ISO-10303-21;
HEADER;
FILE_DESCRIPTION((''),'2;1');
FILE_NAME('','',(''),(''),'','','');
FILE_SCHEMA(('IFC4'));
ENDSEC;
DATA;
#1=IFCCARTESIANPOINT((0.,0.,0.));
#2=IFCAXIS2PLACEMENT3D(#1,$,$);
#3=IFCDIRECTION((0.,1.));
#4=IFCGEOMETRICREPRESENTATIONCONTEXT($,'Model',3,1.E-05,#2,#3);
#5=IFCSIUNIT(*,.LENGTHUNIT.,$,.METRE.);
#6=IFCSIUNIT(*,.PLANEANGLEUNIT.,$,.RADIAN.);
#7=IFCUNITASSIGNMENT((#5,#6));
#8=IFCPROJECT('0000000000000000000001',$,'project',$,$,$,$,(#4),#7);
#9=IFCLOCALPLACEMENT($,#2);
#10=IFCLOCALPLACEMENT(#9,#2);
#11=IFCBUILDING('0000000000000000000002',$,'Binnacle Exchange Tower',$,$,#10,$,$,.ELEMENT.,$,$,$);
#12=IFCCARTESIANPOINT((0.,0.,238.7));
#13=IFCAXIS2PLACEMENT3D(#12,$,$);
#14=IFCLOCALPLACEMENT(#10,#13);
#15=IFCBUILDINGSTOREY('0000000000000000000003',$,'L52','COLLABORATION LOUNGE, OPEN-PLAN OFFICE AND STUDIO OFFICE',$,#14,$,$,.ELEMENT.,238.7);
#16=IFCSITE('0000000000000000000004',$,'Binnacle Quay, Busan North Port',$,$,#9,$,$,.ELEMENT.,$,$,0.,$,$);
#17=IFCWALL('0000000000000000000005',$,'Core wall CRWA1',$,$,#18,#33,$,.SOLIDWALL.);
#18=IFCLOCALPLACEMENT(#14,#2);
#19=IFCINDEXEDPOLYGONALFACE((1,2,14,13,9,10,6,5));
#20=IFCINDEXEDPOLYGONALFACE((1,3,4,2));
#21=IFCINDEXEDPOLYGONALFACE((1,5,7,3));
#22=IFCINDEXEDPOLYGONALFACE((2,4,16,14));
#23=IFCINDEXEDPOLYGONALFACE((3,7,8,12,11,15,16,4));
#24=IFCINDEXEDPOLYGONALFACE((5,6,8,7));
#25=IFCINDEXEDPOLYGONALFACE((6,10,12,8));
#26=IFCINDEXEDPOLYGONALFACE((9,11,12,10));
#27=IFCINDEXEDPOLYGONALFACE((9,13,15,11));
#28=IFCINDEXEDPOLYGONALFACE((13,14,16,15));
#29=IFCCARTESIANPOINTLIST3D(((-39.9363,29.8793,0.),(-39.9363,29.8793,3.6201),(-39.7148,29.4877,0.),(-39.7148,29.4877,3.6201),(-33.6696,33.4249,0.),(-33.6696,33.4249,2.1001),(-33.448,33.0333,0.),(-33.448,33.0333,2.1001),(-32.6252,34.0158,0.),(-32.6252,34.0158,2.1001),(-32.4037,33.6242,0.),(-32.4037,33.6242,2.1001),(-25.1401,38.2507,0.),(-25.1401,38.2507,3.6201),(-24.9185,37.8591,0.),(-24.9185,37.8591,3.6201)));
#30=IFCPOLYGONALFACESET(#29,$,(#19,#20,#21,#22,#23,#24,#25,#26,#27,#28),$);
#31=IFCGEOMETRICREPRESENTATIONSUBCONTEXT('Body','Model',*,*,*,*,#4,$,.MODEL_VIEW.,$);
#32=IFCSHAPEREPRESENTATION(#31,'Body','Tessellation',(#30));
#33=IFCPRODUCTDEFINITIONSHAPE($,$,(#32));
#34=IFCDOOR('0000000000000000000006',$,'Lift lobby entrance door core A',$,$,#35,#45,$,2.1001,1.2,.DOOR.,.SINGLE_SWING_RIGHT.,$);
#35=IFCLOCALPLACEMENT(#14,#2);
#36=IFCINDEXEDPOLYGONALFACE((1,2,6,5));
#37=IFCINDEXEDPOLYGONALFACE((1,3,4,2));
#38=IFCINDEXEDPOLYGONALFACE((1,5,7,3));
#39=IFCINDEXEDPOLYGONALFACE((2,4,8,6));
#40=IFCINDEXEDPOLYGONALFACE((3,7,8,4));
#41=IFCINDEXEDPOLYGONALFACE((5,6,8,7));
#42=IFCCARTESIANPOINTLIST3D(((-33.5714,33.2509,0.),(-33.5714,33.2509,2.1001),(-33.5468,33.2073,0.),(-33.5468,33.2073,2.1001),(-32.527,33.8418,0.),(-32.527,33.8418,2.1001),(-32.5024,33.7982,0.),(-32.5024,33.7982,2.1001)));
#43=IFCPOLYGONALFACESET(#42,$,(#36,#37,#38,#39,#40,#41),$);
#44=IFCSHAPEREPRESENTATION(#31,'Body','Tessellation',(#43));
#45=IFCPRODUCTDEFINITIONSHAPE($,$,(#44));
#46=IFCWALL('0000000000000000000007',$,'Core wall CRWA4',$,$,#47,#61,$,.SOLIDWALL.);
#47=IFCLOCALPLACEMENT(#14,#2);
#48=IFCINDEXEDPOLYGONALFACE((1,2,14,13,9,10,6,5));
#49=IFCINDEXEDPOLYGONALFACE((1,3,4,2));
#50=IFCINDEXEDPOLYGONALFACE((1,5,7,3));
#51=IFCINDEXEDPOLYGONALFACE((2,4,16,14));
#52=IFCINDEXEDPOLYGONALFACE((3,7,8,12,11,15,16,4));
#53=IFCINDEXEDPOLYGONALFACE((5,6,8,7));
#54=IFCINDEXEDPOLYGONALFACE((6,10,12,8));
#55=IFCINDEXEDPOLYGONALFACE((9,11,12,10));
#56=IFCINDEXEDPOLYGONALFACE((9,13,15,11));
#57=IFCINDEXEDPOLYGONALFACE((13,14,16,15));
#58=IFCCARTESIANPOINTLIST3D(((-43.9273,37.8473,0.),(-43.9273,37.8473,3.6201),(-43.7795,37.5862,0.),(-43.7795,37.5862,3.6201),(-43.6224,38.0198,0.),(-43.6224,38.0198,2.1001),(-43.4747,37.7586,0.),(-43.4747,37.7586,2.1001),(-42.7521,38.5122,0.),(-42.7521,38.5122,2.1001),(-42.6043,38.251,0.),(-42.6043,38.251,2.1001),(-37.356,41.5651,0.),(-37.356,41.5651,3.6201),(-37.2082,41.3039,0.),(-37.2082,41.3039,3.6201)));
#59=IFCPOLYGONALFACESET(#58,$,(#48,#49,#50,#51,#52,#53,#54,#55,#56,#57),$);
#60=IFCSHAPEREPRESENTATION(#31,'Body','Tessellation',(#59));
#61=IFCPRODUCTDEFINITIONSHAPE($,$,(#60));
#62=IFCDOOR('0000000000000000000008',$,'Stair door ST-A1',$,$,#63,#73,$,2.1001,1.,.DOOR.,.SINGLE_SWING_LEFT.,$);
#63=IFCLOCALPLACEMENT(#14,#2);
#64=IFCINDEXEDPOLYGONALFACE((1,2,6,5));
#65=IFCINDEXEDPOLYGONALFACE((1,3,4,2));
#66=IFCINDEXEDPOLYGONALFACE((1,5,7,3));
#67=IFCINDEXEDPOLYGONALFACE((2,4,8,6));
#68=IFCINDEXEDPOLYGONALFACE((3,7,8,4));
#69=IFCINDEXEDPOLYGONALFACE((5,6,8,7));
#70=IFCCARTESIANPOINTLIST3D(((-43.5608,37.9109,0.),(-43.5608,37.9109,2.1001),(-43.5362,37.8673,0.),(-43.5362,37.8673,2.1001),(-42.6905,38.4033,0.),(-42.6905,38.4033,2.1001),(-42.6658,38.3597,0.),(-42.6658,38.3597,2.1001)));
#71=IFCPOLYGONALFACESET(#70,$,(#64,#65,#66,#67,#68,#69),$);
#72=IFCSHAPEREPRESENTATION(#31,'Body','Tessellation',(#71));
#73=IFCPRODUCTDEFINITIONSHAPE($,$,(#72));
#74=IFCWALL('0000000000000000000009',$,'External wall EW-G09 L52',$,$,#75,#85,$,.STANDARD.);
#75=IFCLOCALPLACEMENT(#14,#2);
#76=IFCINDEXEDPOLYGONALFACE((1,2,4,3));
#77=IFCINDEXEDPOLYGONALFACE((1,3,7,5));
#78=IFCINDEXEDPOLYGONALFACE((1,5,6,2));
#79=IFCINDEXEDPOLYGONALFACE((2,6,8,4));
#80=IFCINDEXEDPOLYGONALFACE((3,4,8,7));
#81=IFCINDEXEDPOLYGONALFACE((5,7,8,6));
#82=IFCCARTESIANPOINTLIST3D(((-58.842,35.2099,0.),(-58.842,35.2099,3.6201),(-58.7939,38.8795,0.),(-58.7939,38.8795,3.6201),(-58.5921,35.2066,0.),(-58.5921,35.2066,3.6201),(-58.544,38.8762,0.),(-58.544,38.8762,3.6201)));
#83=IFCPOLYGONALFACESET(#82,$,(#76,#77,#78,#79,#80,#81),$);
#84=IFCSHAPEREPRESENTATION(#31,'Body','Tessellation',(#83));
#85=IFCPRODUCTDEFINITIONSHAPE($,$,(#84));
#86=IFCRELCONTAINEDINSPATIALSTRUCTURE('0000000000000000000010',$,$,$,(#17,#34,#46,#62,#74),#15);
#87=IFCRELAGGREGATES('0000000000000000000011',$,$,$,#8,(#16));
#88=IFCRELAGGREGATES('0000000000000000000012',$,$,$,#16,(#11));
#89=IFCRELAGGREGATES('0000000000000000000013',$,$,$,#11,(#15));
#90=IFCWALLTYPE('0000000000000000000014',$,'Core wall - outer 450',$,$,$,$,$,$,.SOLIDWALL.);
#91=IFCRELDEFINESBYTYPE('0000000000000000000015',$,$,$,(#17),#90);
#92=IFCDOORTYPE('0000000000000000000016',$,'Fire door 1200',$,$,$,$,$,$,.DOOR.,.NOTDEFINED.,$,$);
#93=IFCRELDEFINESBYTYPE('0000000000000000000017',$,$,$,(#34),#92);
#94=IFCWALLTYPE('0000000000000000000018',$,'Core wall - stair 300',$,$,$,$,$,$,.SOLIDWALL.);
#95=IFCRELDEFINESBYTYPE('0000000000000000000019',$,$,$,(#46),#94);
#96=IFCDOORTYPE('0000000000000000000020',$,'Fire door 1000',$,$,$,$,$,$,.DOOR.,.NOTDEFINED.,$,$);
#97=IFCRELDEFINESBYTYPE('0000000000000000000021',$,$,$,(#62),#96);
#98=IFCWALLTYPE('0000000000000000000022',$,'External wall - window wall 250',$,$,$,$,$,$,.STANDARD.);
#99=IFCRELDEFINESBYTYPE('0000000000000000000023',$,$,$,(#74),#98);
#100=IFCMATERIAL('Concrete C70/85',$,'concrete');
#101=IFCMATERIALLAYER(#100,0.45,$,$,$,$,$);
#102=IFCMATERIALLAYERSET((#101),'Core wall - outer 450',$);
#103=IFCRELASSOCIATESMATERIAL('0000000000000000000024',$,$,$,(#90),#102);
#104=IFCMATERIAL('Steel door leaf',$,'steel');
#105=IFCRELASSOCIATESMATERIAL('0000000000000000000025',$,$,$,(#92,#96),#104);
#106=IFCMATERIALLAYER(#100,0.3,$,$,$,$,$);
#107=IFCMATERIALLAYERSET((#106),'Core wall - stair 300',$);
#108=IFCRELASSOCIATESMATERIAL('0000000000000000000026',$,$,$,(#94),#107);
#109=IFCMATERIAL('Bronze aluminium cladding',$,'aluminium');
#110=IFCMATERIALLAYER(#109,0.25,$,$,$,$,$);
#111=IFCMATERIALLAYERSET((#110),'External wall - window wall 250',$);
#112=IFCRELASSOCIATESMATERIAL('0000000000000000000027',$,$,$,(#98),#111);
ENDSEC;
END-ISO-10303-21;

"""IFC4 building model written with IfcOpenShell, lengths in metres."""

from ifc_helpers import new_model, si_unit, direction, frame, frame_2d, origin, place, context, subcontext, project, spatial, rectangle, extrude, material, layer, layer_set, type_object, element, fill, save


model = new_model("IFC4")

# Units and contexts
model_context = context("Model", 3, precision=1e-05, world=origin(), true_north=direction((0.0, 1.0)))
body_context = subcontext(model_context, "Body", "Model", "MODEL_VIEW")
ifc_project = project(units=[si_unit("LENGTHUNIT", "METRE"), si_unit("PLANEANGLEUNIT", "RADIAN")], contexts=[model_context])

# Site, building, storey
site_placement = place(None, origin())
site = spatial("IfcSite", under=ifc_project, at=site_placement, Name="Binnacle Quay, Busan North Port", CompositionType="ELEMENT", RefElevation=0.0)
building_placement = place(site_placement, origin())
building = spatial("IfcBuilding", under=site, at=building_placement, Name="Binnacle Exchange Tower", CompositionType="ELEMENT")
storey_placement = place(building_placement, frame((0.0, 0.0, 238.7)))
storey = spatial("IfcBuildingStorey", under=building, at=storey_placement, Name="L52", Description="COLLABORATION LOUNGE, OPEN-PLAN OFFICE AND STUDIO OFFICE", CompositionType="ELEMENT", Elevation=238.7)

# Shared definitions
ifc_material_1 = material(Name="Concrete C70/85", Category="concrete")
ifc_material_2 = material(Name="Steel door leaf", Category="steel")

# Walls, openings, doors
ifc_layer_1 = layer(ifc_material_1, 0.45)
ifc_layer_set_1 = layer_set([ifc_layer_1], Name="Core wall - outer 450")
wall_type_1 = type_object("IfcWallType", Name="Core wall - outer 450", PredefinedType="SOLIDWALL", material=ifc_layer_set_1)
wall_1_placement = place(storey_placement, frame((-39.8254, 29.6836, 0.0), z_axis=(0.0, 0.0, 1.0), x_axis=(0.870354, 0.492427, 0.0)))
wall_1 = element("IfcWall", 1, at=wall_1_placement, inside=storey, type_object=wall_type_1, Name="Core wall CRWA1", PredefinedType="SOLIDWALL", context=body_context, shape_type="SweptSolid", body=[
    extrude(rectangle(XDim=17.0002, YDim=0.45, at=frame_2d((8.5, 0.0))), origin(), (0.0, 0.0, 1.0), 3.6201),
])
opening_1_placement = place(wall_1_placement, frame((7.2, 0.0, 0.0)))
opening_1 = element("IfcOpeningElement", 2, at=opening_1_placement, cuts=wall_1, PredefinedType="OPENING", context=body_context, shape_type="SweptSolid", body=[
    extrude(rectangle(XDim=1.2, YDim=2.1001, at=frame_2d((0.6001, 1.05))), frame((0.0, 0.2349, 0.0), z_axis=(0.0, -1.0, 0.0), x_axis=(1.0, 0.0, 0.0)), (0.0, 0.0, 1.0), 0.47),
])
door_type_1 = type_object("IfcDoorType", Name="Fire door 1200", OperationType="NOTDEFINED", PredefinedType="DOOR", material=ifc_material_2)
door_1_placement = place(opening_1_placement, frame((1.2, 0.0, 0.0), z_axis=(0.0, 0.0, 1.0), x_axis=(-1.0, 0.0, 0.0)))
door_1 = element("IfcDoor", 3, at=door_1_placement, inside=storey, type_object=door_type_1, Name="Lift lobby entrance door core A", OperationType="SINGLE_SWING_RIGHT", OverallHeight=2.1001, OverallWidth=1.2, PredefinedType="DOOR", context=body_context, shape_type="SweptSolid", body=[
    extrude(rectangle(XDim=1.2, YDim=2.1001, at=frame_2d((0.6001, 1.05))), frame((0.0, 0.0249, 0.0), z_axis=(0.0, -1.0, 0.0), x_axis=(1.0, 0.0, 0.0)), (0.0, 0.0, 1.0), 0.05),
])
fill(opening_1, door_1)
ifc_layer_2 = layer(ifc_material_1, 0.3)
ifc_layer_set_2 = layer_set([ifc_layer_2], Name="Core wall - stair 300")
wall_type_2 = type_object("IfcWallType", Name="Core wall - stair 300", PredefinedType="SOLIDWALL", material=ifc_layer_set_2)
wall_2_placement = place(storey_placement, frame((-43.8533, 37.7168, 0.0), z_axis=(0.0, 0.0, 1.0), x_axis=(0.87036, 0.492415, 0.0)))
wall_2 = element("IfcWall", 4, at=wall_2_placement, inside=storey, type_object=wall_type_2, Name="Core wall CRWA4", PredefinedType="SOLIDWALL", context=body_context, shape_type="SweptSolid", body=[
    extrude(rectangle(XDim=7.55, YDim=0.3, at=frame_2d((3.7749, 0.0))), origin(), (0.0, 0.0, 1.0), 3.6201),
])
opening_2_placement = place(wall_2_placement, frame((0.3501, 0.0, 0.0)))
opening_2 = element("IfcOpeningElement", 5, at=opening_2_placement, cuts=wall_2, PredefinedType="OPENING", context=body_context, shape_type="SweptSolid", body=[
    extrude(rectangle(XDim=1.0, YDim=2.1001, at=frame_2d((0.5, 1.05))), frame((0.0, 0.1599, 0.0), z_axis=(0.0, -1.0, 0.0), x_axis=(1.0, 0.0, 0.0)), (0.0, 0.0, 1.0), 0.3201),
])
door_type_2 = type_object("IfcDoorType", Name="Fire door 1000", OperationType="NOTDEFINED", PredefinedType="DOOR", material=ifc_material_2)
door_2_placement = place(opening_2_placement, origin())
door_2 = element("IfcDoor", 6, at=door_2_placement, inside=storey, type_object=door_type_2, Name="Stair door ST-A1", OperationType="SINGLE_SWING_LEFT", OverallHeight=2.1001, OverallWidth=1.0, PredefinedType="DOOR", context=body_context, shape_type="SweptSolid", body=[
    extrude(rectangle(XDim=1.0, YDim=2.1001, at=frame_2d((0.5, 1.05))), frame((0.0, 0.0249, 0.0), z_axis=(0.0, -1.0, 0.0), x_axis=(1.0, 0.0, 0.0)), (0.0, 0.0, 1.0), 0.05),
])
fill(opening_2, door_2)

# Wall
ifc_material_3 = material(Name="Bronze aluminium cladding", Category="aluminium")
ifc_layer_3 = layer(ifc_material_3, 0.25)
ifc_layer_set_3 = layer_set([ifc_layer_3], Name="External wall - window wall 250")
wall_type_3 = type_object("IfcWallType", Name="External wall - window wall 250", PredefinedType="STANDARD", material=ifc_layer_set_3)
wall_3_placement = place(storey_placement, frame((-58.717, 35.2083, 0.0), z_axis=(0.0, 0.0, 1.0), x_axis=(0.013105, 0.999914, 0.0)))
element("IfcWall", 7, at=wall_3_placement, inside=storey, type_object=wall_type_3, Name="External wall EW-G09 L52", PredefinedType="STANDARD", context=body_context, shape_type="SweptSolid", body=[
    extrude(rectangle(XDim=3.6699, YDim=0.25, at=frame_2d((1.835, 0.0))), origin(), (0.0, 0.0, 1.0), 3.6201),
])

save(model, "model.ifc")
